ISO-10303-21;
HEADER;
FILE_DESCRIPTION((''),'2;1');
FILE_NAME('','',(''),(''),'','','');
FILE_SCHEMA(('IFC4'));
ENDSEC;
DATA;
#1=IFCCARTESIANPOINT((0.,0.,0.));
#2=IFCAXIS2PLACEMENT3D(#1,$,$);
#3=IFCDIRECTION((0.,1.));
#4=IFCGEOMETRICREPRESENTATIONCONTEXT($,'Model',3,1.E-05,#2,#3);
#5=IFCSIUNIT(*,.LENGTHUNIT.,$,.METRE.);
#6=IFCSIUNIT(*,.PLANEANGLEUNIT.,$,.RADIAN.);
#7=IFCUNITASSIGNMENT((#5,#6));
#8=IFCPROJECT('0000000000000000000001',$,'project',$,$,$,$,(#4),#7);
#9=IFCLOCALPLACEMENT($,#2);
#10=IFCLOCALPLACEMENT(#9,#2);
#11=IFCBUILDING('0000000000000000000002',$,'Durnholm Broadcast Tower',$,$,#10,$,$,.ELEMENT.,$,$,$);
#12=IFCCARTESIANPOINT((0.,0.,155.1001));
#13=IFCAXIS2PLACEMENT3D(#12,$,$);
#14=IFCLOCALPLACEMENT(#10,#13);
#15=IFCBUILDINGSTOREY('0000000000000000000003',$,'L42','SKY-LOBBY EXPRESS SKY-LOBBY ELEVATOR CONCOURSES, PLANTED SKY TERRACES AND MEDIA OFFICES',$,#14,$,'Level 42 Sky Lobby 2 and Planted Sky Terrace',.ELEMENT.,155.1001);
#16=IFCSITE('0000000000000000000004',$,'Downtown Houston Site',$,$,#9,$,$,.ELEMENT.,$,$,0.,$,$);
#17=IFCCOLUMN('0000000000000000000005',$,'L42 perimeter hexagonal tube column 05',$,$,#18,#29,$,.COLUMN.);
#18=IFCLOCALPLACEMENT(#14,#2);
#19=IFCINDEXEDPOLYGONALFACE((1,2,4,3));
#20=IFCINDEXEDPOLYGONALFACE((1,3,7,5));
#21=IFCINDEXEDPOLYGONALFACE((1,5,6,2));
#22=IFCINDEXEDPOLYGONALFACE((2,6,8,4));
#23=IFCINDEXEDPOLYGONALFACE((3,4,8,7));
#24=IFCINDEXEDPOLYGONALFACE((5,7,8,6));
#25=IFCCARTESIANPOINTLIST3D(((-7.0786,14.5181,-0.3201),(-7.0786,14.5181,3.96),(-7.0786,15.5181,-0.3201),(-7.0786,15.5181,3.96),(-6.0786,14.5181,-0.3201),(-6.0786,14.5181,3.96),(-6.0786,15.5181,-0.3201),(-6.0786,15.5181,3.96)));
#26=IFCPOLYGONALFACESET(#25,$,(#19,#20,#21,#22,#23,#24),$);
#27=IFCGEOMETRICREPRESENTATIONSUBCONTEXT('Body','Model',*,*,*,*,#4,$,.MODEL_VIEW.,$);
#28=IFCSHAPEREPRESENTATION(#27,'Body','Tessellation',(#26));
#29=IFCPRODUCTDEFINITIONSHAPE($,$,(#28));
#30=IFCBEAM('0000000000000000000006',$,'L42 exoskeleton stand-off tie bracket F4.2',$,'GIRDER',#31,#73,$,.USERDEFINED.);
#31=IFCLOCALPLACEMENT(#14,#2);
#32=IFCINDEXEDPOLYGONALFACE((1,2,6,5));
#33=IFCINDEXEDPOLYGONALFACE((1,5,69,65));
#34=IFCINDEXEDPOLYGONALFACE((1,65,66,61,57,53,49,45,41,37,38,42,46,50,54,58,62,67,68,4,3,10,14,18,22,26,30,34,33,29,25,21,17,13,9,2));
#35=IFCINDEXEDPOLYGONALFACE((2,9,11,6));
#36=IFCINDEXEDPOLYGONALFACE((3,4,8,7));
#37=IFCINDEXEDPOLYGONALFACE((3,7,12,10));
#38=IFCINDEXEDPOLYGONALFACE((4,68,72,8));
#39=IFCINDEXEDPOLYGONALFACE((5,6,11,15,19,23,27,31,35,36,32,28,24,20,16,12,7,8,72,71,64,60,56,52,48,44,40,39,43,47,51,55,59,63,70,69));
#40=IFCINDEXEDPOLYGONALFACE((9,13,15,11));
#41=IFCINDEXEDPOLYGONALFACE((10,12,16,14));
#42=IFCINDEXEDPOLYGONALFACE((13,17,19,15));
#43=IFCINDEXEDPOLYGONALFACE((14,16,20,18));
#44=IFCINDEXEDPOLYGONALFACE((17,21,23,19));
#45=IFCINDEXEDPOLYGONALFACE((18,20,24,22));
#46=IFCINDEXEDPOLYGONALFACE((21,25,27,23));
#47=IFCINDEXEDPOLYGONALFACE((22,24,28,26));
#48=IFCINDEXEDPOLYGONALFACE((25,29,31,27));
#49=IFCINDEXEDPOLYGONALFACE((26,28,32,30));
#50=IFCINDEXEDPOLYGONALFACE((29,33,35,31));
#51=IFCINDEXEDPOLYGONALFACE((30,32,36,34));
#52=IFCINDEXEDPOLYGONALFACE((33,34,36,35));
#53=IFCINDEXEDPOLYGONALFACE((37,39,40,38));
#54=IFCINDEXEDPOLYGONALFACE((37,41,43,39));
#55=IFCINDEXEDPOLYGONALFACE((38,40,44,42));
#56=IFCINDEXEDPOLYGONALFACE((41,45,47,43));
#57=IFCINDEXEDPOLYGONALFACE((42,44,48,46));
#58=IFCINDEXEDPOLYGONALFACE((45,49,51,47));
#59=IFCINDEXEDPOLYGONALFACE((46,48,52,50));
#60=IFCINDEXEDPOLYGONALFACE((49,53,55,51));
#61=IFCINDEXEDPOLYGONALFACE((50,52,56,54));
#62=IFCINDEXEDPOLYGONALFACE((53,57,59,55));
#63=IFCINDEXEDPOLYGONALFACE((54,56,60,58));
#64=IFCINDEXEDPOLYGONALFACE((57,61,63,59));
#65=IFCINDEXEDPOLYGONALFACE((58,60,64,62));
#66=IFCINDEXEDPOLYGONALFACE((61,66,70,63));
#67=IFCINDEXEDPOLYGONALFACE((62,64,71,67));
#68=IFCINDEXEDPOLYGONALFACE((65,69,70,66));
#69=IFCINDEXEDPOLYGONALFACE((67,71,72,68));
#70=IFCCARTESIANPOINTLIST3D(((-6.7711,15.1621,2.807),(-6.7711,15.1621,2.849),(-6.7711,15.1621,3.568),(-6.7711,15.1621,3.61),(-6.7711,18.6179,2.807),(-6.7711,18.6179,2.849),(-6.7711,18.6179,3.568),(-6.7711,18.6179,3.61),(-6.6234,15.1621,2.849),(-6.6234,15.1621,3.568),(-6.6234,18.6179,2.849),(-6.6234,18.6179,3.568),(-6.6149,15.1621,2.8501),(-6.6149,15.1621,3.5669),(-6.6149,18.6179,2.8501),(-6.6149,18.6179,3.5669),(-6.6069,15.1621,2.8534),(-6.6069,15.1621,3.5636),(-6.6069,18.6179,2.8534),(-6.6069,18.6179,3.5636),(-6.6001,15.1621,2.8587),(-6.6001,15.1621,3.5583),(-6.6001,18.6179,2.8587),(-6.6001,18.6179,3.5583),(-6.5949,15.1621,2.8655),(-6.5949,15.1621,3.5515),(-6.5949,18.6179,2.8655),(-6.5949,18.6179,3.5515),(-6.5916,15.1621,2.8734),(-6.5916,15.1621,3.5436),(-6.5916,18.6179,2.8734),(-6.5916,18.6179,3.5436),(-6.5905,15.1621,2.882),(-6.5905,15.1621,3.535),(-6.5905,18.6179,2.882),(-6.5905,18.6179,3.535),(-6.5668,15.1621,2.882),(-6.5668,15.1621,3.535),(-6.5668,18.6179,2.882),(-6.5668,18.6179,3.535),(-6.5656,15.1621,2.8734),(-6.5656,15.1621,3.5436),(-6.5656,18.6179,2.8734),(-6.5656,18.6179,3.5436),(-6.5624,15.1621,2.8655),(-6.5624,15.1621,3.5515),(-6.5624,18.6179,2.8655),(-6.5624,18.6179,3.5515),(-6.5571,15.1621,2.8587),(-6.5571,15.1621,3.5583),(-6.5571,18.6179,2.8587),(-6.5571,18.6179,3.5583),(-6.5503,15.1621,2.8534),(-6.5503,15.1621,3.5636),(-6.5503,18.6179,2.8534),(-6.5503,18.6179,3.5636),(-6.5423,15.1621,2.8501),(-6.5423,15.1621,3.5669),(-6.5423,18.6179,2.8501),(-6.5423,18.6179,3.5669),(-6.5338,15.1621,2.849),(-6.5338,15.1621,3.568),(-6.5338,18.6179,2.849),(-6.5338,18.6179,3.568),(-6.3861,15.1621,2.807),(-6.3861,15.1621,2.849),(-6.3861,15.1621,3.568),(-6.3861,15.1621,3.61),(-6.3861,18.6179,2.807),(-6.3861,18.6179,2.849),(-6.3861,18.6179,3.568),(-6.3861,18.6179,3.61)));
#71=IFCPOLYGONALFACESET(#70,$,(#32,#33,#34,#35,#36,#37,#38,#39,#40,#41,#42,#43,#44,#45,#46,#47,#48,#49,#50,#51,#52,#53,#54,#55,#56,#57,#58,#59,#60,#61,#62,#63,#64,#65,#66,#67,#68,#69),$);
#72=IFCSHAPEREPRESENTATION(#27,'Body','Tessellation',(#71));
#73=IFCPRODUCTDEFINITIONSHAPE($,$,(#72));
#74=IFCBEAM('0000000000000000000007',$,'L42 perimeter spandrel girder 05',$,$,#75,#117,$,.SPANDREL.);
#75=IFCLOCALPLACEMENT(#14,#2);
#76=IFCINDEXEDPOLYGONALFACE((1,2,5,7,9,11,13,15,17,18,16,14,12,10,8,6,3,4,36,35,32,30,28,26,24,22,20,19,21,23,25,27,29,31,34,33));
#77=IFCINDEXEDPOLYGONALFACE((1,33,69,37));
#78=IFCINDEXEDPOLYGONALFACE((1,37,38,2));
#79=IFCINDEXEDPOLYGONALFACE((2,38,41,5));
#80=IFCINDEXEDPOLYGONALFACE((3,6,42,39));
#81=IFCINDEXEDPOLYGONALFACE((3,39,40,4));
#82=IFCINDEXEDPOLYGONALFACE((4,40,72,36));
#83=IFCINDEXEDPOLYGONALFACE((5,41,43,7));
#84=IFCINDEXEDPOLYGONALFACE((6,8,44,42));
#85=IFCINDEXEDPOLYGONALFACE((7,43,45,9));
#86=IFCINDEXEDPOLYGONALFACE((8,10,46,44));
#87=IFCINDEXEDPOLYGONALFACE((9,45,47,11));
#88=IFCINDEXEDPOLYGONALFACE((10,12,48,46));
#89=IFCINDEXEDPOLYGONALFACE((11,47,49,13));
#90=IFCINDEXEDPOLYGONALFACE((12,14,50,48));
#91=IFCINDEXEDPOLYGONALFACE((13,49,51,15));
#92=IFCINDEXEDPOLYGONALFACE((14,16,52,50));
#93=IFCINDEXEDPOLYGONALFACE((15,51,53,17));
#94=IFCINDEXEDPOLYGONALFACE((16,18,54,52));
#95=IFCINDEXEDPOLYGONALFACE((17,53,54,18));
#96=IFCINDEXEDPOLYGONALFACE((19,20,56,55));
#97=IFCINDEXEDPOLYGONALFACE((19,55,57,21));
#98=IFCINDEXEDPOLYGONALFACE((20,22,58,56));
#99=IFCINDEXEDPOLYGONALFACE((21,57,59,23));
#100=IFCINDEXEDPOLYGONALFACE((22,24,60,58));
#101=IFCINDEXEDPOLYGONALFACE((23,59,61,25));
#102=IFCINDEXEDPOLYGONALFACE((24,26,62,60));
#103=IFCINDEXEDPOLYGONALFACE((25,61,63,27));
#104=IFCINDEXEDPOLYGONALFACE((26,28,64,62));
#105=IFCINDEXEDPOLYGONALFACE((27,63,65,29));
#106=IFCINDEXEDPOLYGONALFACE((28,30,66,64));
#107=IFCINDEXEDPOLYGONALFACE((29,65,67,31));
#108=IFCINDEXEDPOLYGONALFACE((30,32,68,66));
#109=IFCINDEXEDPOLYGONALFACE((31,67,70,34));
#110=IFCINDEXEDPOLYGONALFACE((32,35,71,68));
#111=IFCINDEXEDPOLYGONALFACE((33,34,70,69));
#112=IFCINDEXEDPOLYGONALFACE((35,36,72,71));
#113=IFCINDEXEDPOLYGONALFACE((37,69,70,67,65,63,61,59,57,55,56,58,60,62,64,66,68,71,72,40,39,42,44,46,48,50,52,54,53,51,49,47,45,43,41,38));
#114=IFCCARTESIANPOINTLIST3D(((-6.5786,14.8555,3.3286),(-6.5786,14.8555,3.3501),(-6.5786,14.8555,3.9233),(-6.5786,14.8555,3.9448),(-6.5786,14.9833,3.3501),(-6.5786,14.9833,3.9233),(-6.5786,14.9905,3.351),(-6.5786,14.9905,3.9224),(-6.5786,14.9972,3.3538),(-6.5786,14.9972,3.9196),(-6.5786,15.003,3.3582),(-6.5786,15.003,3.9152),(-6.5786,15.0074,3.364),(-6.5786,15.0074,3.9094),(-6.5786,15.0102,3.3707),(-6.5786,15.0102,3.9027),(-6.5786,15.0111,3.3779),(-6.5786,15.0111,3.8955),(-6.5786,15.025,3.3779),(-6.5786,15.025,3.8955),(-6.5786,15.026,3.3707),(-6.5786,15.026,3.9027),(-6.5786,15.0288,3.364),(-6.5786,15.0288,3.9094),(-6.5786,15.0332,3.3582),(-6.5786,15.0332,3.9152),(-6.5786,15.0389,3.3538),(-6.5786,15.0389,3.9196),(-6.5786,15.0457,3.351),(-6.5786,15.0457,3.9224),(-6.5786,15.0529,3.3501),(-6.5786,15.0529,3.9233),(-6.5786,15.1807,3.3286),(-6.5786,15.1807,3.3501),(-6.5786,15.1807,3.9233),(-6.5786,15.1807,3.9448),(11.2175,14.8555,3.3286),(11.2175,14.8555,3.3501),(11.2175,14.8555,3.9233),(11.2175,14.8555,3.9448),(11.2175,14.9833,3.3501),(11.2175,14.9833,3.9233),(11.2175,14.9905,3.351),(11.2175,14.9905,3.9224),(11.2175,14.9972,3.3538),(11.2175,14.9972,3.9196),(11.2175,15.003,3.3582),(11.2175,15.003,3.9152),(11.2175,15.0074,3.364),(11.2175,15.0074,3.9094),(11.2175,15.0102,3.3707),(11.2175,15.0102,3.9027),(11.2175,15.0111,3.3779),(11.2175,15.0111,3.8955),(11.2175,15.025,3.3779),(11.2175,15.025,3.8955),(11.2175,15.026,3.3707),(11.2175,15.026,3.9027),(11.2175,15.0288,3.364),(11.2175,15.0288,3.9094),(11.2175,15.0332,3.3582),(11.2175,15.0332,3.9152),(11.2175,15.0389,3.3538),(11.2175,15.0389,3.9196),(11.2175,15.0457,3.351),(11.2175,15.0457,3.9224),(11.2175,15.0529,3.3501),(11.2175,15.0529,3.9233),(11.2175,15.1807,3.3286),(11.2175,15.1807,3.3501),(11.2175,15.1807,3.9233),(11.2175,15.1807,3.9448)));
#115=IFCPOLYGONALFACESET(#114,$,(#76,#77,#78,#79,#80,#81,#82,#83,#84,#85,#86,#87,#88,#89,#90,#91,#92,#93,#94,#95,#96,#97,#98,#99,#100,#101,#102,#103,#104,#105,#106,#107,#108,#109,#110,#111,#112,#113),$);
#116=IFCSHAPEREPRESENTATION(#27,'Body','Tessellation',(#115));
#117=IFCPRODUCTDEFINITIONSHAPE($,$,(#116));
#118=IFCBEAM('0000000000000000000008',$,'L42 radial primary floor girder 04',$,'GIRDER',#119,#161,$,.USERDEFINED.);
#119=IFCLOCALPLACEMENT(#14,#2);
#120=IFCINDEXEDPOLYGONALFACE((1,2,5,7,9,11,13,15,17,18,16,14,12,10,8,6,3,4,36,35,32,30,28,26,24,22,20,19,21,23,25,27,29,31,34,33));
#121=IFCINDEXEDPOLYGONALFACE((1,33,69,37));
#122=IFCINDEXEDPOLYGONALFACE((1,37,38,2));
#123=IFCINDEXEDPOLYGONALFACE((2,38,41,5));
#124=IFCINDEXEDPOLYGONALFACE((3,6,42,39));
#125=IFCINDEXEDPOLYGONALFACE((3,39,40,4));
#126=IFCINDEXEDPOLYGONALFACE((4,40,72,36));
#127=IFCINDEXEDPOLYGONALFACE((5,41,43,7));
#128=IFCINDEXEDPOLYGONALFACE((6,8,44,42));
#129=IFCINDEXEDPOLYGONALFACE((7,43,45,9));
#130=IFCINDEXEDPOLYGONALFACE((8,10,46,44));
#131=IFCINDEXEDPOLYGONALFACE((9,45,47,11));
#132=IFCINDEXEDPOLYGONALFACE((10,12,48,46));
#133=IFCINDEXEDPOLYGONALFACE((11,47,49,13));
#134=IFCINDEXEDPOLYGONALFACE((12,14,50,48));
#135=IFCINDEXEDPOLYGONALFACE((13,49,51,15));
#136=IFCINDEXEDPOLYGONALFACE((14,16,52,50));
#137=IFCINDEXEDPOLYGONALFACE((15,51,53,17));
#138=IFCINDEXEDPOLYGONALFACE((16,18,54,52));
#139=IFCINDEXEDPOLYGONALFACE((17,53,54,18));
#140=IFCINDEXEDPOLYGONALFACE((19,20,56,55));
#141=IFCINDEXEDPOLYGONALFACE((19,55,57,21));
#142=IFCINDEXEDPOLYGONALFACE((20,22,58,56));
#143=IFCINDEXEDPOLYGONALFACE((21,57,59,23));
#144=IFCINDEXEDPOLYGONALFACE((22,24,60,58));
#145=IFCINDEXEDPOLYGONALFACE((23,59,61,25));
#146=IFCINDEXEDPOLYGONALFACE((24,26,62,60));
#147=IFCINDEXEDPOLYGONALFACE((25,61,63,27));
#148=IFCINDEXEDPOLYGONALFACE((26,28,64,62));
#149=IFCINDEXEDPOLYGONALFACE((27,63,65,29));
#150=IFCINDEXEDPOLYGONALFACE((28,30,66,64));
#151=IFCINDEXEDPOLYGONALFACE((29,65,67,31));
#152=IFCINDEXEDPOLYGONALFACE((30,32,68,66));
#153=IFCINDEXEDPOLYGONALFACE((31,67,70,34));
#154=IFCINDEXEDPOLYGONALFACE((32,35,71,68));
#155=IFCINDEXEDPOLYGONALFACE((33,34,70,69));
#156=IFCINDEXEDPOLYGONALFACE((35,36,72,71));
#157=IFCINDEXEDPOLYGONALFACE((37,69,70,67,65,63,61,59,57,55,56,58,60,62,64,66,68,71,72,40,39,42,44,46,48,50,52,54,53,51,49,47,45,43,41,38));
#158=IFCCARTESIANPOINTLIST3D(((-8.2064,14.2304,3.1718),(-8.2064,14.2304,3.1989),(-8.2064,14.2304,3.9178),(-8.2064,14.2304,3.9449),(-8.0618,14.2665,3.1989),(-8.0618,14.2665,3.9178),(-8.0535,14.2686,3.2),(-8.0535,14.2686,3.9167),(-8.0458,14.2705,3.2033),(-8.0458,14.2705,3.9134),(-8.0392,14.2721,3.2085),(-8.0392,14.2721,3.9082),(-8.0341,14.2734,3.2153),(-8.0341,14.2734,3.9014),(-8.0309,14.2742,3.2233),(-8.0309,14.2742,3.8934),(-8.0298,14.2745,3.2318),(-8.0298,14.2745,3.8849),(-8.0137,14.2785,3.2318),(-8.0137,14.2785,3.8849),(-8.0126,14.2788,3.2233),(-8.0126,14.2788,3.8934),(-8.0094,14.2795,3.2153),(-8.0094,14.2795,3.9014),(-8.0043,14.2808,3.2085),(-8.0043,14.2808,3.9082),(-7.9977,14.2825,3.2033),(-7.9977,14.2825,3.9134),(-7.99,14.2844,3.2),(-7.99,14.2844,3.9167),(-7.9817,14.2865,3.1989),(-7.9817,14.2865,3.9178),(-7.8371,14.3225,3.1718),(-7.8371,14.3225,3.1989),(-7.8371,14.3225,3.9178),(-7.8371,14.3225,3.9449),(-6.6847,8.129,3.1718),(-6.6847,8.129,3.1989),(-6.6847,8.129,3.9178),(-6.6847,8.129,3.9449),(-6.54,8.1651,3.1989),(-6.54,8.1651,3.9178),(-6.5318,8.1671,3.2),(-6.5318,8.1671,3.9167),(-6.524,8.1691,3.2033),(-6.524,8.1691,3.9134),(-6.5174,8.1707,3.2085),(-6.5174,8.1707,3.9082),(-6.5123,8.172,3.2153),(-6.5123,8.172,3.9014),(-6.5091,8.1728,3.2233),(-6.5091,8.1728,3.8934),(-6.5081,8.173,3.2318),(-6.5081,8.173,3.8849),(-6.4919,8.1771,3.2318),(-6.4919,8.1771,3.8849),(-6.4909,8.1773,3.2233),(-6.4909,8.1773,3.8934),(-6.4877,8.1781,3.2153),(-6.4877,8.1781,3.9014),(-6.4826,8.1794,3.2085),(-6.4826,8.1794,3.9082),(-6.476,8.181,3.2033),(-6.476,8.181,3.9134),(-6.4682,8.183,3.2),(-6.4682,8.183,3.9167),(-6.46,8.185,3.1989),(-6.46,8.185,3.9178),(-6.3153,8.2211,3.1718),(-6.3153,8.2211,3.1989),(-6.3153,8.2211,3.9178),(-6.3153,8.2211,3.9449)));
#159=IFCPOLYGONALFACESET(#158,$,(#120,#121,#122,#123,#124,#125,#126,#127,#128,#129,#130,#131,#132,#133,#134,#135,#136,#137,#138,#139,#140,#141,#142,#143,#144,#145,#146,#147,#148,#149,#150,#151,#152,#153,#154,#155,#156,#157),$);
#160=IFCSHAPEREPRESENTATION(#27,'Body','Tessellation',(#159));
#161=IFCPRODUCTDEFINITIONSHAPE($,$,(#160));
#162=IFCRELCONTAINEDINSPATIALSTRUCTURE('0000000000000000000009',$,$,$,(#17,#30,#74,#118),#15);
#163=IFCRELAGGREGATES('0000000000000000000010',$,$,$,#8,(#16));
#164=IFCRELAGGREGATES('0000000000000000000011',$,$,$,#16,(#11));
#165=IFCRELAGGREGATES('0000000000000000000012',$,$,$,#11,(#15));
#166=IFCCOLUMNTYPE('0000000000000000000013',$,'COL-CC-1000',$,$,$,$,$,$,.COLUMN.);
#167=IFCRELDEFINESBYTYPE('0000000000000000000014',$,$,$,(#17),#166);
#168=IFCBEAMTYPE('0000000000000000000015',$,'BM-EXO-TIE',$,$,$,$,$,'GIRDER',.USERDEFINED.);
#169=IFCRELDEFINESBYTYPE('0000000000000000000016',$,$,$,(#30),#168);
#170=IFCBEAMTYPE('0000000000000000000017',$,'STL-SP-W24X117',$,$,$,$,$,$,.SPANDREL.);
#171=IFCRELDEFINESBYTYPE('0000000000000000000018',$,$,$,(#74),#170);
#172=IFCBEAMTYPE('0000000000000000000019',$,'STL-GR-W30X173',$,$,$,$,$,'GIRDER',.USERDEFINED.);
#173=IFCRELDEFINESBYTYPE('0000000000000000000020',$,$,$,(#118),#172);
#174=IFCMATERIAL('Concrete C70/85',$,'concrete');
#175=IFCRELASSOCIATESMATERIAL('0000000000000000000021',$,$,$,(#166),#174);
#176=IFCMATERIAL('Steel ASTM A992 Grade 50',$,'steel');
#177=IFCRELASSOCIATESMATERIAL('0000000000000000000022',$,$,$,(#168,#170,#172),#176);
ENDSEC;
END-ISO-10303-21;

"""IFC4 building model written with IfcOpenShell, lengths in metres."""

from ifc_helpers import new_model, si_unit, direction, frame, origin, origin_2d, place, context, subcontext, project, spatial, rectangle, i_section, extrude, source, transform, mapped, material, material_profile, profile_set, type_object, type_shapes, element, save


model = new_model("IFC4")

# Units and contexts
model_context = context("Model", 3, precision=1e-05, world=origin(), true_north=direction((0.0, 1.0)))
body_context = subcontext(model_context, "Body", "Model", "MODEL_VIEW")
ifc_project = project(units=[si_unit("LENGTHUNIT", "METRE"), si_unit("PLANEANGLEUNIT", "RADIAN")], contexts=[model_context])

# Site, building, storey
site_placement = place(None, origin())
site = spatial("IfcSite", under=ifc_project, at=site_placement, Name="Downtown Houston Site", CompositionType="ELEMENT", RefElevation=0.0)
building_placement = place(site_placement, origin())
building = spatial("IfcBuilding", under=site, at=building_placement, Name="Durnholm Broadcast Tower", CompositionType="ELEMENT")
storey_placement = place(building_placement, frame((0.0, 0.0, 155.1001)))
storey = spatial("IfcBuildingStorey", under=building, at=storey_placement, Name="L42", Description="SKY-LOBBY EXPRESS SKY-LOBBY ELEVATOR CONCOURSES, PLANTED SKY TERRACES AND MEDIA OFFICES", LongName="Level 42 Sky Lobby 2 and Planted Sky Terrace", CompositionType="ELEMENT", Elevation=155.1001)

# Column
ifc_material_1 = material(Name="Concrete C70/85", Category="concrete")
ifc_material_profile_1 = material_profile(ifc_material_1, rectangle(XDim=1.0, YDim=1.0, at=origin_2d()), Name="RC1000X1000")
ifc_profile_set_1 = profile_set([ifc_material_profile_1], Name="Concrete C70/85")
column_type = type_object("IfcColumnType", Name="COL-CC-1000", PredefinedType="COLUMN", material=ifc_profile_set_1)
shared_shape_1 = source(origin(), body_context, "Body", "SweptSolid", [
    extrude(rectangle(XDim=1.0, YDim=1.0, at=origin_2d()), origin(), (0.0, 0.0, 1.0), 4.28),
])
type_shapes(column_type, [shared_shape_1])
column_placement = place(storey_placement, frame((-6.5786, 15.0181, -0.3201), z_axis=(0.0, 0.0, 1.0), x_axis=(1.0, 0.0, 0.0)))
element("IfcColumn", 1, at=column_placement, inside=storey, type_object=column_type, Name="L42 perimeter hexagonal tube column 05", PredefinedType="COLUMN", context=body_context, shape_type="MappedRepresentation", body=[
    mapped(shared_shape_1, transform((0.0, 0.0, 0.0), x_axis=(1.0, 0.0, 0.0), y_axis=(0.0, 1.0, 0.0), z_axis=(0.0, 0.0, 1.0), scale=1.0)),
])

# Beams
ifc_material_2 = material(Name="Steel ASTM A992 Grade 50", Category="steel")
ifc_material_profile_2 = material_profile(ifc_material_2, i_section(OverallWidth=0.385, OverallDepth=0.803, WebThickness=0.0237, FlangeThickness=0.042, FilletRadius=0.033, at=origin_2d()), Name="W30X261")
ifc_profile_set_2 = profile_set([ifc_material_profile_2], Name="Steel ASTM A992 Grade 50")
beam_type_1 = type_object("IfcBeamType", Name="BM-EXO-TIE", ElementType="GIRDER", PredefinedType="USERDEFINED", material=ifc_profile_set_2)
shared_shape_2 = source(origin(), body_context, "Body", "SweptSolid", [
    extrude(i_section(OverallWidth=0.385, OverallDepth=0.803, WebThickness=0.0237, FlangeThickness=0.042, FilletRadius=0.033, at=origin_2d()), origin(), (0.0, 0.0, 1.0), 3.4558),
])
type_shapes(beam_type_1, [shared_shape_2])
beam_1_placement = place(storey_placement, frame((-6.5786, 15.1621, 3.2085), z_axis=(0.0, 1.0, 0.0), x_axis=(-1.0, 0.0, 0.0)))
element("IfcBeam", 2, at=beam_1_placement, inside=storey, type_object=beam_type_1, Name="L42 exoskeleton stand-off tie bracket F4.2", ObjectType="GIRDER", PredefinedType="USERDEFINED", context=body_context, shape_type="MappedRepresentation", body=[
    mapped(shared_shape_2, transform((0.0, 0.0, 0.0), x_axis=(1.0, 0.0, 0.0), y_axis=(0.0, 1.0, 0.0), z_axis=(0.0, 0.0, 1.0), scale=1.0)),
])
ifc_material_profile_3 = material_profile(ifc_material_2, i_section(OverallWidth=0.3252, OverallDepth=0.6162, WebThickness=0.0139, FlangeThickness=0.0215, FilletRadius=0.0278, at=origin_2d()), Name="W24X117")
ifc_profile_set_3 = profile_set([ifc_material_profile_3], Name="Steel ASTM A992 Grade 50")
beam_type_2 = type_object("IfcBeamType", Name="STL-SP-W24X117", PredefinedType="SPANDREL", material=ifc_profile_set_3)
shared_shape_3 = source(origin(), body_context, "Body", "SweptSolid", [
    extrude(i_section(OverallWidth=0.3252, OverallDepth=0.6162, WebThickness=0.0139, FlangeThickness=0.0215, FilletRadius=0.0278, at=origin_2d()), origin(), (0.0, 0.0, 1.0), 17.7961),
])
type_shapes(beam_type_2, [shared_shape_3])
beam_2_placement = place(storey_placement, frame((-6.5786, 15.0181, 3.6367), z_axis=(1.0, 0.0, 0.0), x_axis=(0.0, 1.0, 0.0)))
element("IfcBeam", 3, at=beam_2_placement, inside=storey, type_object=beam_type_2, Name="L42 perimeter spandrel girder 05", PredefinedType="SPANDREL", context=body_context, shape_type="MappedRepresentation", body=[
    mapped(shared_shape_3, transform((0.0, 0.0, 0.0), x_axis=(1.0, 0.0, 0.0), y_axis=(0.0, 1.0, 0.0), z_axis=(0.0, 0.0, 1.0), scale=1.0)),
])
ifc_material_profile_4 = material_profile(ifc_material_2, i_section(OverallWidth=0.3806, OverallDepth=0.7732, WebThickness=0.0166, FlangeThickness=0.0271, FilletRadius=0.033, at=origin_2d()), Name="W30X173")
ifc_profile_set_4 = profile_set([ifc_material_profile_4], Name="Steel ASTM A992 Grade 50")
beam_type_3 = type_object("IfcBeamType", Name="STL-GR-W30X173", ElementType="GIRDER", PredefinedType="USERDEFINED", material=ifc_profile_set_4)
shared_shape_4 = source(origin(), body_context, "Body", "SweptSolid", [
    extrude(i_section(OverallWidth=0.3806, OverallDepth=0.7732, WebThickness=0.0166, FlangeThickness=0.0271, FilletRadius=0.033, at=origin_2d()), origin(), (0.0, 0.0, 1.0), 6.2883),
])
beam_3_placement = place(storey_placement, frame((-6.5, 8.175, 3.5583), z_axis=(-0.241997, 0.970277, 0.0), x_axis=(-0.970277, -0.241997, 0.0)))
element("IfcBeam", 4, at=beam_3_placement, inside=storey, type_object=beam_type_3, Name="L42 radial primary floor girder 04", ObjectType="GIRDER", PredefinedType="USERDEFINED", context=body_context, shape_type="MappedRepresentation", body=[
    mapped(shared_shape_4, transform((0.0, 0.0, 0.0), x_axis=(1.0, 0.0, 0.0), y_axis=(0.0, 1.0, 0.0), z_axis=(0.0, 0.0, 1.0), scale=1.0)),
])

save(model, "model.ifc")
